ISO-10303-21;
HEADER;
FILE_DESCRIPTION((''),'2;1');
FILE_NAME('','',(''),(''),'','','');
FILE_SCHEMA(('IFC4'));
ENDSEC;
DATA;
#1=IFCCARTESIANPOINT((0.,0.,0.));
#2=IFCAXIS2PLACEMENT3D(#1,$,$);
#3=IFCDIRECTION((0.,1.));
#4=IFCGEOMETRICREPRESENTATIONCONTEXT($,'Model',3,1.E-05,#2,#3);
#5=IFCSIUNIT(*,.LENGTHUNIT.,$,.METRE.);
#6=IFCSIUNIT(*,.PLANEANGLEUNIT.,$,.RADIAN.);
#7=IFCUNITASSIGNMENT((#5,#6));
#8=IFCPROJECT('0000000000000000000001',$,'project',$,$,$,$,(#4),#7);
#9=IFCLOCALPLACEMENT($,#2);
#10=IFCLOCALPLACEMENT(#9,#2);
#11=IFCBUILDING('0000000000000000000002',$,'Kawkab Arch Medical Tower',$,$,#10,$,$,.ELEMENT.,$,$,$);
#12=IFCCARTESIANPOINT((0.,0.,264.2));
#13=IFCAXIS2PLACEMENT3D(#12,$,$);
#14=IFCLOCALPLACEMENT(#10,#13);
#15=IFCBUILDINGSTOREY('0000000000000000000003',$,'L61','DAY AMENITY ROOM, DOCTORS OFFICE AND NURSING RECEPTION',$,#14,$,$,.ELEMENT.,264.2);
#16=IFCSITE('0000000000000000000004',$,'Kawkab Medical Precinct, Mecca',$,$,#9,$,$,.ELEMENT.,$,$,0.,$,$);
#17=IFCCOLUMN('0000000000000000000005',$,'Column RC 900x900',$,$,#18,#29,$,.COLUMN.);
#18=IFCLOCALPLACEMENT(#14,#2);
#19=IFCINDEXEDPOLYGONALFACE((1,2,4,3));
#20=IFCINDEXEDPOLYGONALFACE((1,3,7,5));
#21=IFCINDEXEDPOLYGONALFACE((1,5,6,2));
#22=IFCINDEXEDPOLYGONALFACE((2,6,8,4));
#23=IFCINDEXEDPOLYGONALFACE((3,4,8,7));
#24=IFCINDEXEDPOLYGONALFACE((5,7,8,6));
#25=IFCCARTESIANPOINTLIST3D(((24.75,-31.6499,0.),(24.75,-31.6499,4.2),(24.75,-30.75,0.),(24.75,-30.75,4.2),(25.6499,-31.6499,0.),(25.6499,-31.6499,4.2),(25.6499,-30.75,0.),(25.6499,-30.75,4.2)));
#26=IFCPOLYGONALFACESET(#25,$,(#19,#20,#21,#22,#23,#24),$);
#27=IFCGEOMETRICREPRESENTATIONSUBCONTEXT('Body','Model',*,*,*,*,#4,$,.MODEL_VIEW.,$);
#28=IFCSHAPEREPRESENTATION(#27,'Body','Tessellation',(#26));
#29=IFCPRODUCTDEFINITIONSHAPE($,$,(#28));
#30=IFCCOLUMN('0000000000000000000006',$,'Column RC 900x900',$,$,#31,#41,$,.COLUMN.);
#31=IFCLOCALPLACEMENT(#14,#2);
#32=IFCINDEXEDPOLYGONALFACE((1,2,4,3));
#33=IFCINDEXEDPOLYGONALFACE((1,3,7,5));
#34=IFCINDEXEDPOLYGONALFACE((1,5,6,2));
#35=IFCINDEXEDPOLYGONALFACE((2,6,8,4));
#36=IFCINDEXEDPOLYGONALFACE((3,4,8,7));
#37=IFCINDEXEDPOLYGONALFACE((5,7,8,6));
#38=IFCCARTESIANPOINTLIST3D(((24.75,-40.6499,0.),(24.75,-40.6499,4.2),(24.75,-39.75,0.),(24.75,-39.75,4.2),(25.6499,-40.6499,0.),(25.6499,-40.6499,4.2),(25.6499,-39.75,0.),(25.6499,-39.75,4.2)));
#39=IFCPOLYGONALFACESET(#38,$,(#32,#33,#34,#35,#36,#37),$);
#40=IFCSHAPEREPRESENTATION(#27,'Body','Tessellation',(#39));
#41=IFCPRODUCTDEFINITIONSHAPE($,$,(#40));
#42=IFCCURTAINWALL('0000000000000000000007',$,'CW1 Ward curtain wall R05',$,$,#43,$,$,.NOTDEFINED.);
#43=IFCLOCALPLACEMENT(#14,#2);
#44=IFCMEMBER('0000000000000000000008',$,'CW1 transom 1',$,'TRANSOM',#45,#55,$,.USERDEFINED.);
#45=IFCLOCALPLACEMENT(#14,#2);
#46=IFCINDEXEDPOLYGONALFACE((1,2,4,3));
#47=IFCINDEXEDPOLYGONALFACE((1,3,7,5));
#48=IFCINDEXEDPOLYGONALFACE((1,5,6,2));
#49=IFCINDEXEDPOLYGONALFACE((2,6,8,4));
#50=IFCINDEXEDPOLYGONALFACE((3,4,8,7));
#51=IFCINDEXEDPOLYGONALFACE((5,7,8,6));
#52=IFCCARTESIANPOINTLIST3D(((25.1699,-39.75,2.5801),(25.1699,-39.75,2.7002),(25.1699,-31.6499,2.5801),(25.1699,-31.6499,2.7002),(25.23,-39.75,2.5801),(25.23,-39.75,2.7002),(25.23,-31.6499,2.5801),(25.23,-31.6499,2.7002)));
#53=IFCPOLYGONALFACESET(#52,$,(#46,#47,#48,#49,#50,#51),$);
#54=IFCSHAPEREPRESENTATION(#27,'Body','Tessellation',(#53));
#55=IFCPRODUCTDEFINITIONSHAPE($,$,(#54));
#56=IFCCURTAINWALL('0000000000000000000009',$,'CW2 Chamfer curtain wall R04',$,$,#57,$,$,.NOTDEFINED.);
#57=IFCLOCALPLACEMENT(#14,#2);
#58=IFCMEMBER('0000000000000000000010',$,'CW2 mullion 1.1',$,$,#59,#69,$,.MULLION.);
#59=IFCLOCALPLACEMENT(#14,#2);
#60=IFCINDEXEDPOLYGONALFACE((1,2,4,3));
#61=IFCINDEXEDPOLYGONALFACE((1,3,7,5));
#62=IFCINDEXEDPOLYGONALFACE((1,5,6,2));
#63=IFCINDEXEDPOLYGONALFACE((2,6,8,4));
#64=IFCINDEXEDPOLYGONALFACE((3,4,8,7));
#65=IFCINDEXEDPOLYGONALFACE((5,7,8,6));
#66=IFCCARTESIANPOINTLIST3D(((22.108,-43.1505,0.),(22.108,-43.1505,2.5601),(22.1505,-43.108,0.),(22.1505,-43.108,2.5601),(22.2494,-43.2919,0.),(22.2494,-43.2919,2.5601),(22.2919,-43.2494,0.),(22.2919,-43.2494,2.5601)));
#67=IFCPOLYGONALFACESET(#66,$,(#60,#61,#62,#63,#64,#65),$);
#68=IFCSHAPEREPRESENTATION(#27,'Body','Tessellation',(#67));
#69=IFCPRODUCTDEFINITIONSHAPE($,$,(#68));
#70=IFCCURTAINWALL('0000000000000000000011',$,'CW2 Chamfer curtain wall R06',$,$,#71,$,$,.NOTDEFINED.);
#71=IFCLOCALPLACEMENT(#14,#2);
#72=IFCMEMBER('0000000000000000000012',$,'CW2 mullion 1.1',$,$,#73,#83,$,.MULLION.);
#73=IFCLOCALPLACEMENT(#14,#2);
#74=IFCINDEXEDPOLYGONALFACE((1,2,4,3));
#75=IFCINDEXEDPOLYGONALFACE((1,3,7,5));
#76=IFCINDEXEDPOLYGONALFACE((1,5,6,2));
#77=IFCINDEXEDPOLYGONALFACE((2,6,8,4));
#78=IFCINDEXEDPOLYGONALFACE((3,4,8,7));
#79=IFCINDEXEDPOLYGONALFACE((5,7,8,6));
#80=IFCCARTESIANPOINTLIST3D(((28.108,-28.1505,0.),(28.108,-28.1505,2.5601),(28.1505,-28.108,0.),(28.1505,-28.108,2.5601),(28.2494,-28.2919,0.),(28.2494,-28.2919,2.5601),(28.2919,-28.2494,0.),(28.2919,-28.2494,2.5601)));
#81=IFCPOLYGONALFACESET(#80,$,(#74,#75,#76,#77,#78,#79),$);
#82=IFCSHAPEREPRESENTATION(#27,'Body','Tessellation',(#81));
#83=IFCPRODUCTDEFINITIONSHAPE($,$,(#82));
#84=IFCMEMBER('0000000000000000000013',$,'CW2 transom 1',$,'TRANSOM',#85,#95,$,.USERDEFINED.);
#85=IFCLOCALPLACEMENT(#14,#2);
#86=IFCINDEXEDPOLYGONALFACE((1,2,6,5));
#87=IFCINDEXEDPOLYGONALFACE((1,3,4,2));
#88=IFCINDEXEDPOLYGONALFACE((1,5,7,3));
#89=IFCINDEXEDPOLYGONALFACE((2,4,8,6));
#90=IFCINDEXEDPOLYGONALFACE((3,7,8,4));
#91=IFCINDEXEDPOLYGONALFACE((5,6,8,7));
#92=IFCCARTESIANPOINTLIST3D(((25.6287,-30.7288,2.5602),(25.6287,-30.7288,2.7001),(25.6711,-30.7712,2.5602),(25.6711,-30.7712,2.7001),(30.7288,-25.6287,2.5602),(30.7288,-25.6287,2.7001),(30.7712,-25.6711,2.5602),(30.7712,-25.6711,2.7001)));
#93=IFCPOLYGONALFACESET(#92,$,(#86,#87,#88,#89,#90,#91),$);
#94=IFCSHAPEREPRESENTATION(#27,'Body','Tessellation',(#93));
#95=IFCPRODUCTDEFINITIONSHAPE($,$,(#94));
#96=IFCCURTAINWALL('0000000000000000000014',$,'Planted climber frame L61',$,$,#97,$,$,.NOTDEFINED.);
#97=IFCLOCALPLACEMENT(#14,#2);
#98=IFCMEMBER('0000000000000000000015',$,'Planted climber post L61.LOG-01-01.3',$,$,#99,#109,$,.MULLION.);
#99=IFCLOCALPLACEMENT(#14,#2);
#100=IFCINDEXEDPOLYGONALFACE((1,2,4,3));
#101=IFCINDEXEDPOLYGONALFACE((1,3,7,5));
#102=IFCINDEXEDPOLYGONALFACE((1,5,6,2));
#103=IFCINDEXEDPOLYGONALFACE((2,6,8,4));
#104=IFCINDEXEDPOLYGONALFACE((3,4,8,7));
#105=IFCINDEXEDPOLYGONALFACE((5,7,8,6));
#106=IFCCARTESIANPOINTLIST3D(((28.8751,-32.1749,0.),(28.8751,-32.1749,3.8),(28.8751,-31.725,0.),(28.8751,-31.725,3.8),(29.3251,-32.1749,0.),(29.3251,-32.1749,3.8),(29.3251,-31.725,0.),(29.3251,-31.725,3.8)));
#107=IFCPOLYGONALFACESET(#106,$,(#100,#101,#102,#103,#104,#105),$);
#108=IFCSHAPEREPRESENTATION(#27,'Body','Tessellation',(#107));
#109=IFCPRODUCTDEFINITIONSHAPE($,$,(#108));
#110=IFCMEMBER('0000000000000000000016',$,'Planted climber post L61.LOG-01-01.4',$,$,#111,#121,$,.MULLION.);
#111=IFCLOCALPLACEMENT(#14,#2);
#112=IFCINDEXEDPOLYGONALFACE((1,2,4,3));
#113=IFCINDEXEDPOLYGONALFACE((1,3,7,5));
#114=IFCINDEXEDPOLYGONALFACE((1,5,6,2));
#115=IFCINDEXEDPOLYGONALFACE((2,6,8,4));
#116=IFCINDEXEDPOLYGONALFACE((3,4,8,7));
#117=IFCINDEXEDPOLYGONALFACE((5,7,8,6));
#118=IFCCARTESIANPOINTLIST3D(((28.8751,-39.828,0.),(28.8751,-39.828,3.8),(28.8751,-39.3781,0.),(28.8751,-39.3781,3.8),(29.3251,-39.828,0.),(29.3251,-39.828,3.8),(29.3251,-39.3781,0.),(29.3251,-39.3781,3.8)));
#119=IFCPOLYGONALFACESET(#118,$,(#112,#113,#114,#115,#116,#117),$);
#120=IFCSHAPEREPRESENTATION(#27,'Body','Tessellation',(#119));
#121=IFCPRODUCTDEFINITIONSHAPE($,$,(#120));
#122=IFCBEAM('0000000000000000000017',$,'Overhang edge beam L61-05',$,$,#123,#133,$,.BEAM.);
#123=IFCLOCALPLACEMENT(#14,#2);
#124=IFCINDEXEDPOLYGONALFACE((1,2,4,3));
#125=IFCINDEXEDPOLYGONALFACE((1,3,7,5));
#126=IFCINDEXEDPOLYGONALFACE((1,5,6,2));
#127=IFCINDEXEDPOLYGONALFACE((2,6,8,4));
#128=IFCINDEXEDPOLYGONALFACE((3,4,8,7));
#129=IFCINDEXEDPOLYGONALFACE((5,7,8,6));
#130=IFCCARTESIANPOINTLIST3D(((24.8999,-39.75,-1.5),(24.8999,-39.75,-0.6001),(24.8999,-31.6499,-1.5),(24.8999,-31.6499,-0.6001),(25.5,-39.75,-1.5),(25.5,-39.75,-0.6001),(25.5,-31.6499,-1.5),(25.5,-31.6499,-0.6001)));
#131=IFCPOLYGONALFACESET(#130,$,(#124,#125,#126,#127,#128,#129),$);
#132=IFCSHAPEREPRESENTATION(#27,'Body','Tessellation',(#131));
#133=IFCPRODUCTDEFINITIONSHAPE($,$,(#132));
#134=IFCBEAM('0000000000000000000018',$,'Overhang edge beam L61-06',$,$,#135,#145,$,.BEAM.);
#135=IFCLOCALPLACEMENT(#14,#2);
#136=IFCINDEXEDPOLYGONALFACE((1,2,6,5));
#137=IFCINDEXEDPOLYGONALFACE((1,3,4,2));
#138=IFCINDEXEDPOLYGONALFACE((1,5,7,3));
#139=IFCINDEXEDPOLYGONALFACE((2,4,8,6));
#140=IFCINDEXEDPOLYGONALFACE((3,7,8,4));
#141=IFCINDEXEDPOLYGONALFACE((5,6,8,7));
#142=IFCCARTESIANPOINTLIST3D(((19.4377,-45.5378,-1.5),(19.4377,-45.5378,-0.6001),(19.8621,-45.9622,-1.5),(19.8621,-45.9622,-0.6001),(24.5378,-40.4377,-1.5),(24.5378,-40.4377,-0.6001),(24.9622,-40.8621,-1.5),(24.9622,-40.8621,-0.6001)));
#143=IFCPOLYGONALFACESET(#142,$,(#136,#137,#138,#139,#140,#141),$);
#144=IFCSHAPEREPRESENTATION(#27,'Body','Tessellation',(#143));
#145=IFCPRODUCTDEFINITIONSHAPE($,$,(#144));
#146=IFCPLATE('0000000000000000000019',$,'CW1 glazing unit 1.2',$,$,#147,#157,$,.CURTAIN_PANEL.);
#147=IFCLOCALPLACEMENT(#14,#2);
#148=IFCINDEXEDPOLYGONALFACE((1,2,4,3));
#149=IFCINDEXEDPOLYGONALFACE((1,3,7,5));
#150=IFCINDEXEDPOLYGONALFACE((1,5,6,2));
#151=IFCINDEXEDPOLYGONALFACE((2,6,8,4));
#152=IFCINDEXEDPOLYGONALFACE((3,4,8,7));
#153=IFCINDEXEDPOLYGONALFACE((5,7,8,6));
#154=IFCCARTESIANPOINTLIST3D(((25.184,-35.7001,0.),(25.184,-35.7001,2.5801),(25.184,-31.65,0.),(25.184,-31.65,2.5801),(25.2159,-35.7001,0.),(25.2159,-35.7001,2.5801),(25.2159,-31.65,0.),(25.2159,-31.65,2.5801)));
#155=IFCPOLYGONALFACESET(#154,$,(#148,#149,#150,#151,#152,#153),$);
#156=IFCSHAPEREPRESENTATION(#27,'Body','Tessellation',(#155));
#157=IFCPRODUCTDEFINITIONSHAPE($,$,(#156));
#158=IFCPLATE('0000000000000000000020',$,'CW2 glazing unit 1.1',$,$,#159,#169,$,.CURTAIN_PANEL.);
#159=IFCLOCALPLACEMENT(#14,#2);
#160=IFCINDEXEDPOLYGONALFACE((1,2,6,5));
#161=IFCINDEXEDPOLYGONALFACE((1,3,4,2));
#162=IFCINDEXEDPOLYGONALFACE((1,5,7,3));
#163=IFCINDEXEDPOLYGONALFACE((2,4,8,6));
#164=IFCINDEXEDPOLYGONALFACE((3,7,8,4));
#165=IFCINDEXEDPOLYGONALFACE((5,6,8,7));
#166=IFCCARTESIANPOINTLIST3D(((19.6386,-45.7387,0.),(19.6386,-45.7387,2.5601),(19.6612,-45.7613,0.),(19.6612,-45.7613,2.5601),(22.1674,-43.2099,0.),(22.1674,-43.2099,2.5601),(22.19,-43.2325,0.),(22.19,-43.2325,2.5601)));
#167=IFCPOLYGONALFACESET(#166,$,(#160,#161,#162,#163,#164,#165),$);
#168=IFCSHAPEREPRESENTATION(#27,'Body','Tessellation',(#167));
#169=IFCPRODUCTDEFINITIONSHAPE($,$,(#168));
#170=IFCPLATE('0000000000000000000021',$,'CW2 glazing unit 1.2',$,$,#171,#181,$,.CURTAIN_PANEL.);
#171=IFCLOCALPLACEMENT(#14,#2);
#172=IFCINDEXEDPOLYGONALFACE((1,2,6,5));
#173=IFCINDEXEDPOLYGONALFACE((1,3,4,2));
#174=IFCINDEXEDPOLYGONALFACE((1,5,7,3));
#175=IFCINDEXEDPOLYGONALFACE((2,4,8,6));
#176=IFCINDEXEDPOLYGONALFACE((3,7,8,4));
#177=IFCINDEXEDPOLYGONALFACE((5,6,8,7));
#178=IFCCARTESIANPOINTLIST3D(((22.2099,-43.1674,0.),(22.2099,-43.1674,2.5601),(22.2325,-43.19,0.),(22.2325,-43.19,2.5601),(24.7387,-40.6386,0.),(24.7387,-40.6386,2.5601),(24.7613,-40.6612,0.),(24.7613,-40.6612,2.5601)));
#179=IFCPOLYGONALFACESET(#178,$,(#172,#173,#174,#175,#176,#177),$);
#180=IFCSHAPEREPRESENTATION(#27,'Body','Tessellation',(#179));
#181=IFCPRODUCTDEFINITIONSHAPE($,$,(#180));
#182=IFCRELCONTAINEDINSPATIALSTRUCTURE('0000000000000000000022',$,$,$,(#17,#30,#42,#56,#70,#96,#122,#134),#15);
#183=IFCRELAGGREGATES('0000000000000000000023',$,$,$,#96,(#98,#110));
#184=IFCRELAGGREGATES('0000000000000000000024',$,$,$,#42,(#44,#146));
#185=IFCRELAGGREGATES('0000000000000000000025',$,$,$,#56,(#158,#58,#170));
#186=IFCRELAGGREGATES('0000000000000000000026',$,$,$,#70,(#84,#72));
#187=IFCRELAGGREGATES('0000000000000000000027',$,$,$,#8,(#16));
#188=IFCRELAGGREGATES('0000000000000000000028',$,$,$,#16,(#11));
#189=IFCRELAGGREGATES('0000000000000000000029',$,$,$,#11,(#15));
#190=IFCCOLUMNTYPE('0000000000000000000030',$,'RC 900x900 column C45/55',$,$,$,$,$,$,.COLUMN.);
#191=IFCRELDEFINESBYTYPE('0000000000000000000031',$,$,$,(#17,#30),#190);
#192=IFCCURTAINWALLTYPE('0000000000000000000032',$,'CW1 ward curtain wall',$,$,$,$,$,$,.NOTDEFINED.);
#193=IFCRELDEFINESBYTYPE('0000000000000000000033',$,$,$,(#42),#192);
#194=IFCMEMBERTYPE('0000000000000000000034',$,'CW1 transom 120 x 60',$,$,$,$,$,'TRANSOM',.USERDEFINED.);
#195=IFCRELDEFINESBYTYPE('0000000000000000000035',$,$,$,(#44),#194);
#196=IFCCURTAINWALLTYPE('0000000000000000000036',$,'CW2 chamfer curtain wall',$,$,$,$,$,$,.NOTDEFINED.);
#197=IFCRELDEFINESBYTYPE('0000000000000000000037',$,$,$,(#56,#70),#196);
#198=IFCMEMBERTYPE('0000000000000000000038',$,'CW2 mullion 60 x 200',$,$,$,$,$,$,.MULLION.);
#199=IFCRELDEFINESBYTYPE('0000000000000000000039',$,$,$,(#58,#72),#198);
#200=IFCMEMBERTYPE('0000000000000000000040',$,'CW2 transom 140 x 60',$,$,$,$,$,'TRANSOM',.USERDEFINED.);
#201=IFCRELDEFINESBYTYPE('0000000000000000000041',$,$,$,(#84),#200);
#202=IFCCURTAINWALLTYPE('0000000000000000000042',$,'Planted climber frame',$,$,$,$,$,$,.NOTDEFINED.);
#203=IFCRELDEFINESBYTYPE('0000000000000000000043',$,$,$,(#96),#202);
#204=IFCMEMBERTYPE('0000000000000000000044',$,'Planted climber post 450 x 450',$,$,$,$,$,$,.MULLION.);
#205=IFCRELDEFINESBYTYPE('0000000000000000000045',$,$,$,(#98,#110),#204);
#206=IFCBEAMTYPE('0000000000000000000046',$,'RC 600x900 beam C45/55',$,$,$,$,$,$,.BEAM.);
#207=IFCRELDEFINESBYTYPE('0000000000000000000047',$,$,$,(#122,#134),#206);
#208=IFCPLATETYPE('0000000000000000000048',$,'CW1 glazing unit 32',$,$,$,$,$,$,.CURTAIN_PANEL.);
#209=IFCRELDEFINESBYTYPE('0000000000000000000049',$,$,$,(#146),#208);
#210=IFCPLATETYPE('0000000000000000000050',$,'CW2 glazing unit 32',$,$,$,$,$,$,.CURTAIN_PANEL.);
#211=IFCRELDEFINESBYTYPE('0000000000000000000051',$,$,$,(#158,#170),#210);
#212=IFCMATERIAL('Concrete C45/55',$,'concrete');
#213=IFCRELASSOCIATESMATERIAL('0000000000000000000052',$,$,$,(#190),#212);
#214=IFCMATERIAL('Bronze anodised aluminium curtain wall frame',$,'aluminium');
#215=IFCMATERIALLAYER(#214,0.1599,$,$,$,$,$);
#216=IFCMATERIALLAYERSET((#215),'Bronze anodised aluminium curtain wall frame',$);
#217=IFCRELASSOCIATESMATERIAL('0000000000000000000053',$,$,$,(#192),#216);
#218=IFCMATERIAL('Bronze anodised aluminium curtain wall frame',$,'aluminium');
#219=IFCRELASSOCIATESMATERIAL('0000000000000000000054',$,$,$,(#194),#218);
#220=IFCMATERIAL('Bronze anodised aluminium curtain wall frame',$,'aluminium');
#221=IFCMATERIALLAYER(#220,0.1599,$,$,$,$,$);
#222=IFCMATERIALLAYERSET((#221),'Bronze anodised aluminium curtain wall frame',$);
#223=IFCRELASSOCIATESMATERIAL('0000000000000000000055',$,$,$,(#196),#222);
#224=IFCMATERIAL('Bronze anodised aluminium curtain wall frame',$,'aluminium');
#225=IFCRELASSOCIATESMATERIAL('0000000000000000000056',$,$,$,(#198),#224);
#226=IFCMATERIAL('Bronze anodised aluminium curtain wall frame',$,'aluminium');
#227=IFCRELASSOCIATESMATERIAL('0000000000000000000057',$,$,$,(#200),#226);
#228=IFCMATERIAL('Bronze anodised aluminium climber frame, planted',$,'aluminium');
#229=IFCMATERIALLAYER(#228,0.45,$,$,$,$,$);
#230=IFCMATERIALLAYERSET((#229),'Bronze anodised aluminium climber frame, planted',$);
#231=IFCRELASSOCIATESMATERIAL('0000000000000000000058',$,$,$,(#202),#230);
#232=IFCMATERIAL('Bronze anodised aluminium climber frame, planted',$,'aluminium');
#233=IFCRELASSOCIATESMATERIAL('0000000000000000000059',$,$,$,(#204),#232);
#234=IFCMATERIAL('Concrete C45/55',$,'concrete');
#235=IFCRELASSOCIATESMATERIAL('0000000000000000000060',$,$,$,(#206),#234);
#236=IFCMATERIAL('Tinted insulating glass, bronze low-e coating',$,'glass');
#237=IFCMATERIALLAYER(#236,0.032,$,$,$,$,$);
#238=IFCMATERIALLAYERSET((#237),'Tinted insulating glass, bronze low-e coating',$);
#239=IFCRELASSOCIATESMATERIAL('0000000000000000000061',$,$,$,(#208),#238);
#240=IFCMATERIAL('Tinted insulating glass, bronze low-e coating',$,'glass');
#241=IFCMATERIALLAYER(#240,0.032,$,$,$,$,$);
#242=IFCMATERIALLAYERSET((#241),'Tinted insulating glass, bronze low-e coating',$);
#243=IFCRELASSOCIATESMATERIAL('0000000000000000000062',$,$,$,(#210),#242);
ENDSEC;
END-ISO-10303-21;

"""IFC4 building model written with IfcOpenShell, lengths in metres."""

from ifc_helpers import new_model, si_unit, direction, frame, origin, origin_2d, place, context, subcontext, project, spatial, rectangle, extrude, material, layer, layer_set, material_profile, profile_set, type_object, element, aggregate, save


model = new_model("IFC4")

# Units and contexts
model_context = context("Model", 3, precision=1e-05, world=origin(), true_north=direction((0.0, 1.0)))
body_context = subcontext(model_context, "Body", "Model", "MODEL_VIEW")
ifc_project = project(units=[si_unit("LENGTHUNIT", "METRE"), si_unit("PLANEANGLEUNIT", "RADIAN")], contexts=[model_context])

# Site, building, storey
site_placement = place(None, origin())
site = spatial("IfcSite", under=ifc_project, at=site_placement, Name="Kawkab Medical Precinct, Mecca", CompositionType="ELEMENT", RefElevation=0.0)
building_placement = place(site_placement, origin())
building = spatial("IfcBuilding", under=site, at=building_placement, Name="Kawkab Arch Medical Tower", CompositionType="ELEMENT")
storey_placement = place(building_placement, frame((0.0, 0.0, 264.2)))
storey = spatial("IfcBuildingStorey", under=building, at=storey_placement, Name="L61", Description="DAY AMENITY ROOM, DOCTORS OFFICE AND NURSING RECEPTION", CompositionType="ELEMENT", Elevation=264.2)

# Columns
ifc_material_1 = material(Name="Concrete C45/55", Category="concrete")
ifc_material_profile_1 = material_profile(ifc_material_1, rectangle(XDim=0.8999, YDim=0.8999, at=origin_2d()), Name="RC 900x900")
ifc_profile_set_1 = profile_set([ifc_material_profile_1], Name="Concrete C45/55")
column_type = type_object("IfcColumnType", Name="RC 900x900 column C45/55", PredefinedType="COLUMN", material=ifc_profile_set_1)
for number, where, z_axis, x_axis, name in (
    (1, (25.2, -31.2, 0.0), (0.0, 0.0, 1.0), (1.0, 0.0, 0.0), "Column RC 900x900"),
    (2, (25.2, -40.2, 0.0), (0.0, 0.0, 1.0), (1.0, 0.0, 0.0), "Column RC 900x900"),
):
    element("IfcColumn", number, at=place(storey_placement, frame(where, z_axis=z_axis, x_axis=x_axis)), inside=storey, type_object=column_type, Name=name, PredefinedType="COLUMN", context=body_context, shape_type="SweptSolid", body=[
        extrude(rectangle(XDim=0.8999, YDim=0.8999, at=origin_2d()), origin(), (0.0, 0.0, 1.0), 4.2),
    ])

# Curtain walls, members
ifc_material_2 = material(Name="Bronze anodised aluminium curtain wall frame", Category="aluminium")
ifc_layer_1 = layer(ifc_material_2, 0.1599)
ifc_layer_set_1 = layer_set([ifc_layer_1], Name="Bronze anodised aluminium curtain wall frame")
curtain_wall_type_1 = type_object("IfcCurtainWallType", Name="CW1 ward curtain wall", PredefinedType="NOTDEFINED", material=ifc_layer_set_1)
placement = place(storey_placement, origin())
curtain_wall_1 = element("IfcCurtainWall", 3, at=placement, inside=storey, type_object=curtain_wall_type_1, Name="CW1 Ward curtain wall R05", PredefinedType="NOTDEFINED")
ifc_material_3 = material(Name="Bronze anodised aluminium curtain wall frame", Category="aluminium")
ifc_material_profile_2 = material_profile(ifc_material_3, rectangle(XDim=0.0601, YDim=0.1201, at=origin_2d()), Name="AL 60x120")
ifc_profile_set_2 = profile_set([ifc_material_profile_2], Name="Bronze anodised aluminium curtain wall frame")
member_type_1 = type_object("IfcMemberType", Name="CW1 transom 120 x 60", ElementType="TRANSOM", PredefinedType="USERDEFINED", material=ifc_profile_set_2)
member_1_placement = place(storey_placement, frame((25.2, -39.75, 2.6401), z_axis=(0.0, 1.0, 0.0), x_axis=(-1.0, 0.0, 0.0)))
member_1 = element("IfcMember", 4, at=member_1_placement, type_object=member_type_1, Name="CW1 transom 1", ObjectType="TRANSOM", PredefinedType="USERDEFINED", context=body_context, shape_type="SweptSolid", body=[
    extrude(rectangle(XDim=0.0601, YDim=0.1201, at=origin_2d()), origin(), (0.0, 0.0, 1.0), 8.1001),
])
ifc_material_4 = material(Name="Bronze anodised aluminium curtain wall frame", Category="aluminium")
ifc_layer_2 = layer(ifc_material_4, 0.1599)
ifc_layer_set_2 = layer_set([ifc_layer_2], Name="Bronze anodised aluminium curtain wall frame")
curtain_wall_type_2 = type_object("IfcCurtainWallType", Name="CW2 chamfer curtain wall", PredefinedType="NOTDEFINED", material=ifc_layer_set_2)
curtain_wall_2 = element("IfcCurtainWall", 5, at=placement, inside=storey, type_object=curtain_wall_type_2, Name="CW2 Chamfer curtain wall R04", PredefinedType="NOTDEFINED")
ifc_material_5 = material(Name="Bronze anodised aluminium curtain wall frame", Category="aluminium")
ifc_material_profile_3 = material_profile(ifc_material_5, rectangle(XDim=0.2, YDim=0.0601, at=origin_2d()), Name="AL 60x200")
ifc_profile_set_3 = profile_set([ifc_material_profile_3], Name="Bronze anodised aluminium curtain wall frame")
member_type_2 = type_object("IfcMemberType", Name="CW2 mullion 60 x 200", PredefinedType="MULLION", material=ifc_profile_set_3)
member_2_placement = place(storey_placement, frame((22.2, -43.2, 0.0), z_axis=(0.0, 0.0, 1.0), x_axis=(-0.707107, 0.707107, 0.0)))
member_2 = element("IfcMember", 6, at=member_2_placement, type_object=member_type_2, Name="CW2 mullion 1.1", PredefinedType="MULLION", context=body_context, shape_type="SweptSolid", body=[
    extrude(rectangle(XDim=0.2, YDim=0.0601, at=origin_2d()), origin(), (0.0, 0.0, 1.0), 2.5601),
])

# Curtain walls, members
curtain_wall_3 = element("IfcCurtainWall", 7, at=placement, inside=storey, type_object=curtain_wall_type_2, Name="CW2 Chamfer curtain wall R06", PredefinedType="NOTDEFINED")
member_3_placement = place(storey_placement, frame((28.2, -28.2, 0.0), z_axis=(0.0, 0.0, 1.0), x_axis=(-0.707107, 0.707107, 0.0)))
member_3 = element("IfcMember", 8, at=member_3_placement, type_object=member_type_2, Name="CW2 mullion 1.1", PredefinedType="MULLION", context=body_context, shape_type="SweptSolid", body=[
    extrude(rectangle(XDim=0.2, YDim=0.0601, at=origin_2d()), origin(), (0.0, 0.0, 1.0), 2.5601),
])
ifc_material_6 = material(Name="Bronze anodised aluminium curtain wall frame", Category="aluminium")
ifc_material_profile_4 = material_profile(ifc_material_6, rectangle(XDim=0.0601, YDim=0.1399, at=origin_2d()), Name="AL 60x140")
ifc_profile_set_4 = profile_set([ifc_material_profile_4], Name="Bronze anodised aluminium curtain wall frame")
member_type_3 = type_object("IfcMemberType", Name="CW2 transom 140 x 60", ElementType="TRANSOM", PredefinedType="USERDEFINED", material=ifc_profile_set_4)
member_4_placement = place(storey_placement, frame((25.6499, -30.75, 2.6301), z_axis=(0.707107, 0.707107, 0.0), x_axis=(-0.707107, 0.707107, 0.0)))
member_4 = element("IfcMember", 9, at=member_4_placement, type_object=member_type_3, Name="CW2 transom 1", ObjectType="TRANSOM", PredefinedType="USERDEFINED", context=body_context, shape_type="SweptSolid", body=[
    extrude(rectangle(XDim=0.0601, YDim=0.1399, at=origin_2d()), origin(), (0.0, 0.0, 1.0), 7.2126),
])
ifc_material_7 = material(Name="Bronze anodised aluminium climber frame, planted", Category="aluminium")
ifc_layer_3 = layer(ifc_material_7, 0.45)
ifc_layer_set_3 = layer_set([ifc_layer_3], Name="Bronze anodised aluminium climber frame, planted")
curtain_wall_type_3 = type_object("IfcCurtainWallType", Name="Planted climber frame", PredefinedType="NOTDEFINED", material=ifc_layer_set_3)
curtain_wall_4 = element("IfcCurtainWall", 10, at=placement, inside=storey, type_object=curtain_wall_type_3, Name="Planted climber frame L61", PredefinedType="NOTDEFINED")
ifc_material_8 = material(Name="Bronze anodised aluminium climber frame, planted", Category="aluminium")
ifc_material_profile_5 = material_profile(ifc_material_8, rectangle(XDim=0.45, YDim=0.45, at=origin_2d()), Name="Post 450x450")
ifc_profile_set_5 = profile_set([ifc_material_profile_5], Name="Bronze anodised aluminium climber frame, planted")
member_type_4 = type_object("IfcMemberType", Name="Planted climber post 450 x 450", PredefinedType="MULLION", material=ifc_profile_set_5)
member_5_placement = place(storey_placement, frame((29.1001, -31.95, 0.0), z_axis=(0.0, 0.0, 1.0), x_axis=(1.0, 0.0, 0.0)))
member_5 = element("IfcMember", 11, at=member_5_placement, type_object=member_type_4, Name="Planted climber post L61.LOG-01-01.3", PredefinedType="MULLION", context=body_context, shape_type="SweptSolid", body=[
    extrude(rectangle(XDim=0.45, YDim=0.45, at=origin_2d()), origin(), (0.0, 0.0, 1.0), 3.8),
])
member_6_placement = place(storey_placement, frame((29.1001, -39.603, 0.0), z_axis=(0.0, 0.0, 1.0), x_axis=(1.0, 0.0, 0.0)))
member_6 = element("IfcMember", 12, at=member_6_placement, type_object=member_type_4, Name="Planted climber post L61.LOG-01-01.4", PredefinedType="MULLION", context=body_context, shape_type="SweptSolid", body=[
    extrude(rectangle(XDim=0.45, YDim=0.45, at=origin_2d()), origin(), (0.0, 0.0, 1.0), 3.8),
])
aggregate(curtain_wall_4, [member_5, member_6])

# Beams
ifc_material_9 = material(Name="Concrete C45/55", Category="concrete")
ifc_material_profile_6 = material_profile(ifc_material_9, rectangle(XDim=0.6001, YDim=0.8999, at=origin_2d()), Name="RC 600x900")
ifc_profile_set_6 = profile_set([ifc_material_profile_6], Name="Concrete C45/55")
beam_type = type_object("IfcBeamType", Name="RC 600x900 beam C45/55", PredefinedType="BEAM", material=ifc_profile_set_6)
beam_1_placement = place(storey_placement, frame((25.2, -31.6499, -1.05), z_axis=(0.0, -1.0, 0.0), x_axis=(1.0, 0.0, 0.0)))
element("IfcBeam", 13, at=beam_1_placement, inside=storey, type_object=beam_type, Name="Overhang edge beam L61-05", PredefinedType="BEAM", context=body_context, shape_type="SweptSolid", body=[
    extrude(rectangle(XDim=0.6001, YDim=0.8999, at=origin_2d()), origin(), (0.0, 0.0, 1.0), 8.1001),
])
beam_2_placement = place(storey_placement, frame((24.75, -40.6499, -1.05), z_axis=(-0.707107, -0.707107, 0.0), x_axis=(0.707107, -0.707107, 0.0)))
element("IfcBeam", 14, at=beam_2_placement, inside=storey, type_object=beam_type, Name="Overhang edge beam L61-06", PredefinedType="BEAM", context=body_context, shape_type="SweptSolid", body=[
    extrude(rectangle(XDim=0.6001, YDim=0.8999, at=origin_2d()), origin(), (0.0, 0.0, 1.0), 7.2126),
])

# Plates
ifc_material_10 = material(Name="Tinted insulating glass, bronze low-e coating", Category="glass")
ifc_layer_4 = layer(ifc_material_10, 0.032)
ifc_layer_set_4 = layer_set([ifc_layer_4], Name="Tinted insulating glass, bronze low-e coating")
plate_type_1 = type_object("IfcPlateType", Name="CW1 glazing unit 32", PredefinedType="CURTAIN_PANEL", material=ifc_layer_set_4)
plate_1_placement = place(storey_placement, frame((25.2, -33.675, 0.0), z_axis=(0.0, 0.0, 1.0), x_axis=(0.0, 1.0, 0.0)))
plate_1 = element("IfcPlate", 15, at=plate_1_placement, type_object=plate_type_1, Name="CW1 glazing unit 1.2", PredefinedType="CURTAIN_PANEL", context=body_context, shape_type="SweptSolid", body=[
    extrude(rectangle(XDim=4.05, YDim=0.032, at=origin_2d()), origin(), (0.0, 0.0, 1.0), 2.5801),
])
aggregate(curtain_wall_1, [member_1, plate_1])
ifc_material_11 = material(Name="Tinted insulating glass, bronze low-e coating", Category="glass")
ifc_layer_5 = layer(ifc_material_11, 0.032)
ifc_layer_set_5 = layer_set([ifc_layer_5], Name="Tinted insulating glass, bronze low-e coating")
plate_type_2 = type_object("IfcPlateType", Name="CW2 glazing unit 32", PredefinedType="CURTAIN_PANEL", material=ifc_layer_set_5)
plate_2_placement = place(storey_placement, frame((20.9143, -44.4856, 0.0), z_axis=(0.0, 0.0, 1.0), x_axis=(0.707107, 0.707107, 0.0)))
plate_2 = element("IfcPlate", 16, at=plate_2_placement, type_object=plate_type_2, Name="CW2 glazing unit 1.1", PredefinedType="CURTAIN_PANEL", context=body_context, shape_type="SweptSolid", body=[
    extrude(rectangle(XDim=3.5762, YDim=0.032, at=origin_2d()), origin(), (0.0, 0.0, 1.0), 2.5601),
])
plate_3_placement = place(storey_placement, frame((23.4856, -41.9143, 0.0), z_axis=(0.0, 0.0, 1.0), x_axis=(0.707107, 0.707107, 0.0)))
plate_3 = element("IfcPlate", 17, at=plate_3_placement, type_object=plate_type_2, Name="CW2 glazing unit 1.2", PredefinedType="CURTAIN_PANEL", context=body_context, shape_type="SweptSolid", body=[
    extrude(rectangle(XDim=3.5762, YDim=0.032, at=origin_2d()), origin(), (0.0, 0.0, 1.0), 2.5601),
])
aggregate(curtain_wall_2, [plate_2, member_2, plate_3])
aggregate(curtain_wall_3, [member_4, member_3])

save(model, "model.ifc")
